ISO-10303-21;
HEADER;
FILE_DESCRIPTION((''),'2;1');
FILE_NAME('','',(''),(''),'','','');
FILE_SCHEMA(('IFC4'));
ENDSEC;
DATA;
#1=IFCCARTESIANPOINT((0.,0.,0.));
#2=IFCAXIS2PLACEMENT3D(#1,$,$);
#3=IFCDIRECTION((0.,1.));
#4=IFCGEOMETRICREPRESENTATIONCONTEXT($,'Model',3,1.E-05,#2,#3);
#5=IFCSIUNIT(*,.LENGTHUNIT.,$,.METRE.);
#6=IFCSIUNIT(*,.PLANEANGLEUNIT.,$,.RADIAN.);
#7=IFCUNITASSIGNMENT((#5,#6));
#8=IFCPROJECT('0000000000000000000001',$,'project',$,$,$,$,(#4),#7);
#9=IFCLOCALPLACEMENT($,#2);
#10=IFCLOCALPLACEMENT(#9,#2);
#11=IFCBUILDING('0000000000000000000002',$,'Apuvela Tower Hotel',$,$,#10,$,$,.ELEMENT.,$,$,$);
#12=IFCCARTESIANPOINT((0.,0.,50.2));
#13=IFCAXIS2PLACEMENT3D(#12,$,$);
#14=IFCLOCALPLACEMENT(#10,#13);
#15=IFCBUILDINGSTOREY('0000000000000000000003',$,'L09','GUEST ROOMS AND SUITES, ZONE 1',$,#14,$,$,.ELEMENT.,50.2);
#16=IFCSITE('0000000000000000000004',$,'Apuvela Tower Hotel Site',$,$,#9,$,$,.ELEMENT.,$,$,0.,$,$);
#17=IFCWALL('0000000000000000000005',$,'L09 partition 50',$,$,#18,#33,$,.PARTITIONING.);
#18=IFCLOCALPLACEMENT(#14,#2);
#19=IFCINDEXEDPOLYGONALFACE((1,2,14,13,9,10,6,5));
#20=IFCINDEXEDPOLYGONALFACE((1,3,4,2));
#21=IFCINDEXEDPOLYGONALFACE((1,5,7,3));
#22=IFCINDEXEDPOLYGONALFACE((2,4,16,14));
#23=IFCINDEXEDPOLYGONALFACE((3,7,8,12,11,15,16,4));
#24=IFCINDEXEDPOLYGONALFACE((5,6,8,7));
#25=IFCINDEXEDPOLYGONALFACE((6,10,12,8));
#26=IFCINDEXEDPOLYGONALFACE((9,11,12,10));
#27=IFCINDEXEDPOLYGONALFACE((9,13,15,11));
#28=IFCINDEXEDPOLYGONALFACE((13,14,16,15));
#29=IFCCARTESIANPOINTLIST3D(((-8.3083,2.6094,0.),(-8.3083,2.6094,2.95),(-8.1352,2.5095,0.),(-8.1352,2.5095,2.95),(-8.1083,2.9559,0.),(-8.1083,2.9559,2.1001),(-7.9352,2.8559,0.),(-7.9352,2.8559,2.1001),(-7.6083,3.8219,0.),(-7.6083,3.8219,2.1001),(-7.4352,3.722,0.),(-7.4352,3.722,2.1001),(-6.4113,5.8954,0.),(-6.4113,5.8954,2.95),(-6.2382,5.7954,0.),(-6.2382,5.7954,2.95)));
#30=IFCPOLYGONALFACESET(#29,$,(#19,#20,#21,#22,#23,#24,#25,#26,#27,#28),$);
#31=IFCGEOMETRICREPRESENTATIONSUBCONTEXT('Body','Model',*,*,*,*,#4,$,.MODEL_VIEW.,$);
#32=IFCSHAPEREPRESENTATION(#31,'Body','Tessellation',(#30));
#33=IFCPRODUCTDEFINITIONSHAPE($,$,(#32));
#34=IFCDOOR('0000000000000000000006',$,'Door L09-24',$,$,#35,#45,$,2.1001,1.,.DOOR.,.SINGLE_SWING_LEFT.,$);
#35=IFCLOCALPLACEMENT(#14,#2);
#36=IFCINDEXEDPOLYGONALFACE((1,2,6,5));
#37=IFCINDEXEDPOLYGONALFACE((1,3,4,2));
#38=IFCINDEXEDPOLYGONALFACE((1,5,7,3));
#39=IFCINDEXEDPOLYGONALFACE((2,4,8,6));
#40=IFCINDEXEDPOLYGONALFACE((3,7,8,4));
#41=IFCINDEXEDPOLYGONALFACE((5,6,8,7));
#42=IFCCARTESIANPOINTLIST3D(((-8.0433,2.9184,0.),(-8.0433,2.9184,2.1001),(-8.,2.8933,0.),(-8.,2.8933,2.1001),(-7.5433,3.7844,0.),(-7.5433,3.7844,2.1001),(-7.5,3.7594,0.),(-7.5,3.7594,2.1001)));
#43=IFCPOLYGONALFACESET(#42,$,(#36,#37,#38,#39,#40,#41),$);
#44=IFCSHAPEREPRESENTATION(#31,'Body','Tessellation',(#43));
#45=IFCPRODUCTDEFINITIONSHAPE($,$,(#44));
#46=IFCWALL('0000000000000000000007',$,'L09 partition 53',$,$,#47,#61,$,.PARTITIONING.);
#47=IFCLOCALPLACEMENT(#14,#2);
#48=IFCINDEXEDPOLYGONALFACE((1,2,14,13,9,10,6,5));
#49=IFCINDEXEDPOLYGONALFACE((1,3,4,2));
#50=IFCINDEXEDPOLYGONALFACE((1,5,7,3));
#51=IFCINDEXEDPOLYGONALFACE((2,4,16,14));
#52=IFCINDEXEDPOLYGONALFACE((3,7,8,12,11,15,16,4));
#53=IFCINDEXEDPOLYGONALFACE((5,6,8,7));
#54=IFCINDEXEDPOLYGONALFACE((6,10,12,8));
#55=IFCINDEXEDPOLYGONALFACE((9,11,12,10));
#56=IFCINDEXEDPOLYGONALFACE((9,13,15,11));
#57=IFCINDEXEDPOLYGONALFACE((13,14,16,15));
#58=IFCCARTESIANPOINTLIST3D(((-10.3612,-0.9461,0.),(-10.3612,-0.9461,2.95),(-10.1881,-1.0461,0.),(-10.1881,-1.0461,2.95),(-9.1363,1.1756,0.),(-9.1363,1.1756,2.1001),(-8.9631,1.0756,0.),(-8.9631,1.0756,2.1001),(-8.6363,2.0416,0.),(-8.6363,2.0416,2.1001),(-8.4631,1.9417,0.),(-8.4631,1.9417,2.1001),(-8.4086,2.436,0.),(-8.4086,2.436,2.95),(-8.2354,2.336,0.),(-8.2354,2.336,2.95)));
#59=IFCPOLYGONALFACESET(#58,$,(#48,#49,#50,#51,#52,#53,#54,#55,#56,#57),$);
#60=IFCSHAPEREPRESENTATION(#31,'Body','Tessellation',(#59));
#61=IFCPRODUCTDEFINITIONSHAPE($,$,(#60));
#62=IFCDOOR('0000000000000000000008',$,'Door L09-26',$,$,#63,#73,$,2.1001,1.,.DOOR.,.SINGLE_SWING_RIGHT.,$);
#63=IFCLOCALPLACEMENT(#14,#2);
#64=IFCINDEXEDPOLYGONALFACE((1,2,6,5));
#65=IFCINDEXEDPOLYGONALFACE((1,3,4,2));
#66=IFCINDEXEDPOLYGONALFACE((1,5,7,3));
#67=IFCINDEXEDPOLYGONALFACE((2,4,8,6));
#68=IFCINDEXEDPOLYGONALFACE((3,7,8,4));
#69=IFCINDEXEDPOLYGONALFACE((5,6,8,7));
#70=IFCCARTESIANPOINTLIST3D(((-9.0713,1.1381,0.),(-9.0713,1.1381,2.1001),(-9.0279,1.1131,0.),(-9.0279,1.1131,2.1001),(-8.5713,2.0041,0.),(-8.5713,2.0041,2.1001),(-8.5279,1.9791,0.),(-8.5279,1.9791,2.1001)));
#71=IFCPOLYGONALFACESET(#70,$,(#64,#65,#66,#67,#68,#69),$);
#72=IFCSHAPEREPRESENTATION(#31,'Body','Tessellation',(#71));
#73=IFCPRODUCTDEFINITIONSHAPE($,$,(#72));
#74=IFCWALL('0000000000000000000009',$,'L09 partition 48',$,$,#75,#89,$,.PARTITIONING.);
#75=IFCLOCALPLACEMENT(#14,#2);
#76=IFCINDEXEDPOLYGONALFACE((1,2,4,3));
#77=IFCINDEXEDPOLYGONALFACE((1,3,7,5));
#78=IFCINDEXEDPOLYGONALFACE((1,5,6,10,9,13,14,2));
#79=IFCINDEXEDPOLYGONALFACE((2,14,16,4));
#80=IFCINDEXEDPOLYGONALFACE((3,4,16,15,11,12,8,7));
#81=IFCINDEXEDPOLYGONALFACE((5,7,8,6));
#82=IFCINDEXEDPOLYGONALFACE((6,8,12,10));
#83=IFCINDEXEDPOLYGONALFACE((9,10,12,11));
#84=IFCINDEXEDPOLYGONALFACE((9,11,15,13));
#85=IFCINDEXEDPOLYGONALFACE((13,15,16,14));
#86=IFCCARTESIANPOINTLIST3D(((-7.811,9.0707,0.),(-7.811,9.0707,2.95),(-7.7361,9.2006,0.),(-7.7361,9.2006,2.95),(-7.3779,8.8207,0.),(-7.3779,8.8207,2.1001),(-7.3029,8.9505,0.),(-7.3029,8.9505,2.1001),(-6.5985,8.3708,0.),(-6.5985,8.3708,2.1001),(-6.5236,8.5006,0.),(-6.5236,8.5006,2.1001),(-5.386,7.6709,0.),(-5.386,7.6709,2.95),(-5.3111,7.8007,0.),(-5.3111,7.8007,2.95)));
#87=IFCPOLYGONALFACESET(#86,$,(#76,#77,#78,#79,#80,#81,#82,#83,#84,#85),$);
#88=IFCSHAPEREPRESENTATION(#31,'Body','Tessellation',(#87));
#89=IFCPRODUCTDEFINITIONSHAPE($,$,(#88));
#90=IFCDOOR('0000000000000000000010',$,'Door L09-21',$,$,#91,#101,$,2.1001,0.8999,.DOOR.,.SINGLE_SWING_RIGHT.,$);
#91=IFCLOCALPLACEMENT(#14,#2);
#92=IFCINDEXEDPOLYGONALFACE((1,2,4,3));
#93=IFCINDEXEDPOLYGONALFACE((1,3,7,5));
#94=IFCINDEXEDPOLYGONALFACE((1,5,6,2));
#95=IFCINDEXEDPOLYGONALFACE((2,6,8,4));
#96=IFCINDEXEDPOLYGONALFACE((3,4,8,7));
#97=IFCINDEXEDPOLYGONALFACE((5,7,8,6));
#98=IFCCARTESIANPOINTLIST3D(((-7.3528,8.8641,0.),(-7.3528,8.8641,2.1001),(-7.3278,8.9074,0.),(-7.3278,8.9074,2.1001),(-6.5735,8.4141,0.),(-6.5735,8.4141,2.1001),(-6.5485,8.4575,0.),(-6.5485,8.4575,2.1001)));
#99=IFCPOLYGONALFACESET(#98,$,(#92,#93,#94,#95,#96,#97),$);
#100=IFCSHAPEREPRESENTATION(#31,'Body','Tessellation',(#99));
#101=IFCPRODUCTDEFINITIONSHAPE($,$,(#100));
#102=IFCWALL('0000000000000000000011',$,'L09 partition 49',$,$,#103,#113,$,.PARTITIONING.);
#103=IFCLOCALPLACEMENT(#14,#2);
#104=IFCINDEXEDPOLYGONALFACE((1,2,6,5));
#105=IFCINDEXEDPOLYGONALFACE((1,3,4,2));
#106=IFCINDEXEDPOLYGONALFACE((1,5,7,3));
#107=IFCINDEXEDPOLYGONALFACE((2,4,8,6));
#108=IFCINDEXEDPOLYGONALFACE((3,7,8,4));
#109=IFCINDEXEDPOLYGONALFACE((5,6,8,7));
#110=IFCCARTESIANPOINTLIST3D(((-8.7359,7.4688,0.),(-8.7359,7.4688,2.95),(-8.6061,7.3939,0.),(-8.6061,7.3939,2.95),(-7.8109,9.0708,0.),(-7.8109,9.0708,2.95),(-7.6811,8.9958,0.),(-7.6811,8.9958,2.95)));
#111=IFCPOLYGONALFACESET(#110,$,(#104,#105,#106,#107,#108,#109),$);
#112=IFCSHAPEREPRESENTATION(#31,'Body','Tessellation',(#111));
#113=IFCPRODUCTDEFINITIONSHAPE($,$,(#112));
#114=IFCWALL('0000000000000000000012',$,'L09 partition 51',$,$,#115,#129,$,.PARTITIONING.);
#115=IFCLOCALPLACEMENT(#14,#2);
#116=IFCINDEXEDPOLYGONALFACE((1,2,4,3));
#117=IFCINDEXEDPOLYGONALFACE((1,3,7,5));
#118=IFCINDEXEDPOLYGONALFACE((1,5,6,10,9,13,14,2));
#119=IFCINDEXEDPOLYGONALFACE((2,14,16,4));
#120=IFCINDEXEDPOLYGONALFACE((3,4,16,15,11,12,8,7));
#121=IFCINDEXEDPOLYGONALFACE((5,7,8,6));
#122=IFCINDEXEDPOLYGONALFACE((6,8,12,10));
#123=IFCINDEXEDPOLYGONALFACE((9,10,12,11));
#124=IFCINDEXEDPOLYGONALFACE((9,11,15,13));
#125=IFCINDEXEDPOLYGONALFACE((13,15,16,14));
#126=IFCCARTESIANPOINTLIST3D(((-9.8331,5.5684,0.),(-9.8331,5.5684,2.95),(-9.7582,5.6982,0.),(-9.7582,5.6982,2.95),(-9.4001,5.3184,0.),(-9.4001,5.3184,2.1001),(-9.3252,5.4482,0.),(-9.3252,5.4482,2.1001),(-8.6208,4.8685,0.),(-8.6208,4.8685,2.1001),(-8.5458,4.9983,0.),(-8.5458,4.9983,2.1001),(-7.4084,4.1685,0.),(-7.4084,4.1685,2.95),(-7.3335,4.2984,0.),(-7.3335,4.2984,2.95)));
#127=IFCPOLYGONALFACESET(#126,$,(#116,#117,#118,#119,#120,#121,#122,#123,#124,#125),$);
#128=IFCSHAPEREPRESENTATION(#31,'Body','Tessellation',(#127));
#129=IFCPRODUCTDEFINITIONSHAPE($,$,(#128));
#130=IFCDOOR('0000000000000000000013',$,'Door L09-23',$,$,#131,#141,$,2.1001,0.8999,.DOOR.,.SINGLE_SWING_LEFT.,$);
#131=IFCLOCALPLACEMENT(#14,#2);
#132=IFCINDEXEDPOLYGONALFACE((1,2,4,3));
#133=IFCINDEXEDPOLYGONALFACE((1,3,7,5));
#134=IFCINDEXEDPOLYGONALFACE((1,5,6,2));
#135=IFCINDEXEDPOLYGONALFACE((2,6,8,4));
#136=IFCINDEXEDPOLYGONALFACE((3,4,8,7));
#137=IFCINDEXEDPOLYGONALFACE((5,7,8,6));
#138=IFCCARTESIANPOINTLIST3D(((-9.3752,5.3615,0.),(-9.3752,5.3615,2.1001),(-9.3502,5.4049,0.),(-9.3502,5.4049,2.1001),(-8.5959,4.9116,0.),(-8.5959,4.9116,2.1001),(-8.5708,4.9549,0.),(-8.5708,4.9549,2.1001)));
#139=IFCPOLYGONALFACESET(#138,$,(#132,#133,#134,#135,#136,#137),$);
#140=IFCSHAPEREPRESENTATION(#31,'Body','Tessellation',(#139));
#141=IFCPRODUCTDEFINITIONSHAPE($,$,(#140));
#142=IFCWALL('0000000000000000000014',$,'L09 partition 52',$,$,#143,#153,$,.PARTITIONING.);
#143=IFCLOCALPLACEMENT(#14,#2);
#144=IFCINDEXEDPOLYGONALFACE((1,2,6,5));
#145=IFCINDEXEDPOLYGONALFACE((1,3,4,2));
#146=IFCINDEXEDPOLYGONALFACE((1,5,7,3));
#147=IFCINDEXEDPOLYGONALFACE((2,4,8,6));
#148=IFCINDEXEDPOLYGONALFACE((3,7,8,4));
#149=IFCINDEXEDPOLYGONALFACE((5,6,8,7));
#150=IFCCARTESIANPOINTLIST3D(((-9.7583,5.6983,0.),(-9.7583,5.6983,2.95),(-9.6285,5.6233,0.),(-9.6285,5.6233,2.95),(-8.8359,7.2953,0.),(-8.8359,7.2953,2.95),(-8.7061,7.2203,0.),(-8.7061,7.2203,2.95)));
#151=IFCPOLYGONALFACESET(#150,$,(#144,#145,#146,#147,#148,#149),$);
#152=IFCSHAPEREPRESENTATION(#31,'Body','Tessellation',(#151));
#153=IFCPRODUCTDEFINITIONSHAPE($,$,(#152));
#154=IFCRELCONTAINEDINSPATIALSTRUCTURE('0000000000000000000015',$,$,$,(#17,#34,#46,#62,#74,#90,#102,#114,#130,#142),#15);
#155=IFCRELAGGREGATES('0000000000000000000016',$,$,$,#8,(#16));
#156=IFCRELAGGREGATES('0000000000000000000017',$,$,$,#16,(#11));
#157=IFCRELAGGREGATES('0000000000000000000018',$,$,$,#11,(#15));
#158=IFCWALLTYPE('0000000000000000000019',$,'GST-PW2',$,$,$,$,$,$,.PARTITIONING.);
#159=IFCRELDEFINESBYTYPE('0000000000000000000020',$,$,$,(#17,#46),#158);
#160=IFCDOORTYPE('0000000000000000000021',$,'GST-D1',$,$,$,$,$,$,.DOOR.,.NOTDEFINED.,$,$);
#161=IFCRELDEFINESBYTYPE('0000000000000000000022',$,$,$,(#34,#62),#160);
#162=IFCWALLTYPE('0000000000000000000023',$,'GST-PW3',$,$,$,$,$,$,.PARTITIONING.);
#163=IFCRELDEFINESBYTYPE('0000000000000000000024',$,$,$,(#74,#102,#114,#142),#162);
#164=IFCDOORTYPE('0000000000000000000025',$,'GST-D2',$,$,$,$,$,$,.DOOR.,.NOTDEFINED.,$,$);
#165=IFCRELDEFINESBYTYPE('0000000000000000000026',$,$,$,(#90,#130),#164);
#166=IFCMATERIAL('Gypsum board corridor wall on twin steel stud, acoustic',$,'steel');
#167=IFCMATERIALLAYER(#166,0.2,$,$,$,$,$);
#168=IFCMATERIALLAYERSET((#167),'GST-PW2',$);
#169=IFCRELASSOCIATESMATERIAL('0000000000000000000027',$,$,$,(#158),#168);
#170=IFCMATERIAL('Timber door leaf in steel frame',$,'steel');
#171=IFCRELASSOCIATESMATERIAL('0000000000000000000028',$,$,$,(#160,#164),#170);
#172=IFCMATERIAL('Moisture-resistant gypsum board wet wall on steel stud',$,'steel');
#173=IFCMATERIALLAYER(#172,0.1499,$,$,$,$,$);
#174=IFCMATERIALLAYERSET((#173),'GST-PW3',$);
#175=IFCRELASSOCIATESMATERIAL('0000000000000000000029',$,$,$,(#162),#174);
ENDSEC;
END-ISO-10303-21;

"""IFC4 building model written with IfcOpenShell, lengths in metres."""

from ifc_helpers import new_model, si_unit, direction, frame, frame_2d, origin, place, context, subcontext, project, spatial, rectangle, extrude, material, layer, layer_set, type_object, element, fill, save


model = new_model("IFC4")

# Units and contexts
model_context = context("Model", 3, precision=1e-05, world=origin(), true_north=direction((0.0, 1.0)))
body_context = subcontext(model_context, "Body", "Model", "MODEL_VIEW")
ifc_project = project(units=[si_unit("LENGTHUNIT", "METRE"), si_unit("PLANEANGLEUNIT", "RADIAN")], contexts=[model_context])

# Site, building, storey
site_placement = place(None, origin())
site = spatial("IfcSite", under=ifc_project, at=site_placement, Name="Apuvela Tower Hotel Site", CompositionType="ELEMENT", RefElevation=0.0)
building_placement = place(site_placement, origin())
building = spatial("IfcBuilding", under=site, at=building_placement, Name="Apuvela Tower Hotel", CompositionType="ELEMENT")
storey_placement = place(building_placement, frame((0.0, 0.0, 50.2)))
storey = spatial("IfcBuildingStorey", under=building, at=storey_placement, Name="L09", Description="GUEST ROOMS AND SUITES, ZONE 1", CompositionType="ELEMENT", Elevation=50.2)

# Walls, openings, doors
ifc_material_1 = material(Name="Gypsum board corridor wall on twin steel stud, acoustic", Category="steel")
ifc_layer_1 = layer(ifc_material_1, 0.2)
ifc_layer_set_1 = layer_set([ifc_layer_1], Name="GST-PW2")
wall_type_1 = type_object("IfcWallType", Name="GST-PW2", PredefinedType="PARTITIONING", material=ifc_layer_set_1)
ifc_material_2 = material(Name="Timber door leaf in steel frame", Category="steel")
door_type_1 = type_object("IfcDoorType", Name="GST-D1", OperationType="NOTDEFINED", PredefinedType="DOOR", material=ifc_material_2)
wall_1_placement = place(storey_placement, frame((-8.2217, 2.5596, 0.0), z_axis=(0.0, 0.0, 1.0), x_axis=(0.499973, 0.866041, 0.0)))
wall_1 = element("IfcWall", 1, at=wall_1_placement, inside=storey, type_object=wall_type_1, Name="L09 partition 50", PredefinedType="PARTITIONING", context=body_context, shape_type="SweptSolid", body=[
    extrude(rectangle(XDim=3.7942, YDim=0.2, at=frame_2d((1.897, 0.0))), origin(), (0.0, 0.0, 1.0), 2.95),
])
opening_1_placement = place(wall_1_placement, frame((0.3999, 0.0, 0.0)))
opening_1 = element("IfcOpeningElement", 2, at=opening_1_placement, cuts=wall_1, PredefinedType="OPENING", context=body_context, shape_type="SweptSolid", body=[
    extrude(rectangle(XDim=1.0, YDim=2.1001, at=frame_2d((0.5, 1.05))), frame((0.0, 0.1099, 0.0), z_axis=(0.0, -1.0, 0.0), x_axis=(1.0, 0.0, 0.0)), (0.0, 0.0, 1.0), 0.22),
])
door_1_placement = place(opening_1_placement, origin())
door_1 = element("IfcDoor", 3, at=door_1_placement, inside=storey, type_object=door_type_1, Name="Door L09-24", OperationType="SINGLE_SWING_LEFT", OverallHeight=2.1001, OverallWidth=1.0, PredefinedType="DOOR", context=body_context, shape_type="SweptSolid", body=[
    extrude(rectangle(XDim=1.0, YDim=2.1001, at=frame_2d((0.5, 1.05))), frame((0.0, 0.0249, 0.0), z_axis=(0.0, -1.0, 0.0), x_axis=(1.0, 0.0, 0.0)), (0.0, 0.0, 1.0), 0.05),
])
fill(opening_1, door_1)
wall_2_placement = place(storey_placement, frame((-10.2747, -0.9961, 0.0), z_axis=(0.0, 0.0, 1.0), x_axis=(0.499998, 0.866026, 0.0)))
wall_2 = element("IfcWall", 4, at=wall_2_placement, inside=storey, type_object=wall_type_1, Name="L09 partition 53", PredefinedType="PARTITIONING", context=body_context, shape_type="SweptSolid", body=[
    extrude(rectangle(XDim=3.9053, YDim=0.2, at=frame_2d((1.9526, 0.0))), origin(), (0.0, 0.0, 1.0), 2.95),
])
opening_2_placement = place(wall_2_placement, frame((2.45, 0.0, 0.0)))
opening_2 = element("IfcOpeningElement", 5, at=opening_2_placement, cuts=wall_2, PredefinedType="OPENING", context=body_context, shape_type="SweptSolid", body=[
    extrude(rectangle(XDim=1.0, YDim=2.1001, at=frame_2d((0.5, 1.05))), frame((0.0, 0.1099, 0.0), z_axis=(0.0, -1.0, 0.0), x_axis=(1.0, 0.0, 0.0)), (0.0, 0.0, 1.0), 0.22),
])
door_2_placement = place(opening_2_placement, origin())
door_2 = element("IfcDoor", 6, at=door_2_placement, inside=storey, type_object=door_type_1, Name="Door L09-26", OperationType="SINGLE_SWING_RIGHT", OverallHeight=2.1001, OverallWidth=1.0, PredefinedType="DOOR", context=body_context, shape_type="SweptSolid", body=[
    extrude(rectangle(XDim=1.0, YDim=2.1001, at=frame_2d((0.5, 1.05))), frame((0.0, 0.0249, 0.0), z_axis=(0.0, -1.0, 0.0), x_axis=(1.0, 0.0, 0.0)), (0.0, 0.0, 1.0), 0.05),
])
fill(opening_2, door_2)
ifc_material_3 = material(Name="Moisture-resistant gypsum board wet wall on steel stud", Category="steel")
ifc_layer_2 = layer(ifc_material_3, 0.1499)
ifc_layer_set_2 = layer_set([ifc_layer_2], Name="GST-PW3")
wall_type_2 = type_object("IfcWallType", Name="GST-PW3", PredefinedType="PARTITIONING", material=ifc_layer_set_2)
wall_3_placement = place(storey_placement, frame((-5.3486, 7.7358, 0.0), z_axis=(0.0, 0.0, 1.0), x_axis=(-0.866056, 0.499946, 0.0)))
wall_3 = element("IfcWall", 7, at=wall_3_placement, inside=storey, type_object=wall_type_2, Name="L09 partition 48", PredefinedType="PARTITIONING", context=body_context, shape_type="SweptSolid", body=[
    extrude(rectangle(XDim=2.8, YDim=0.1499, at=frame_2d((1.3999, 0.0))), origin(), (0.0, 0.0, 1.0), 2.95),
])
opening_3_placement = place(wall_3_placement, frame((1.3999, 0.0, 0.0)))
opening_3 = element("IfcOpeningElement", 8, at=opening_3_placement, cuts=wall_3, PredefinedType="OPENING", context=body_context, shape_type="SweptSolid", body=[
    extrude(rectangle(XDim=0.8999, YDim=2.1001, at=frame_2d((0.45, 1.05))), frame((0.0, 0.085, 0.0), z_axis=(0.0, -1.0, 0.0), x_axis=(1.0, 0.0, 0.0)), (0.0, 0.0, 1.0), 0.1699),
])
door_type_2 = type_object("IfcDoorType", Name="GST-D2", OperationType="NOTDEFINED", PredefinedType="DOOR", material=ifc_material_2)
door_3_placement = place(opening_3_placement, origin())
door_3 = element("IfcDoor", 9, at=door_3_placement, inside=storey, type_object=door_type_2, Name="Door L09-21", OperationType="SINGLE_SWING_RIGHT", OverallHeight=2.1001, OverallWidth=0.8999, PredefinedType="DOOR", context=body_context, shape_type="SweptSolid", body=[
    extrude(rectangle(XDim=0.8999, YDim=2.1001, at=frame_2d((0.45, 1.05))), frame((0.0, 0.0249, 0.0), z_axis=(0.0, -1.0, 0.0), x_axis=(1.0, 0.0, 0.0)), (0.0, 0.0, 1.0), 0.05),
])
fill(opening_3, door_3)

# Wall
wall_4_placement = place(storey_placement, frame((-7.7461, 9.0332, 0.0), z_axis=(0.0, 0.0, 1.0), x_axis=(-0.500042, -0.866001, 0.0)))
element("IfcWall", 10, at=wall_4_placement, inside=storey, type_object=wall_type_2, Name="L09 partition 49", PredefinedType="PARTITIONING", context=body_context, shape_type="SweptSolid", body=[
    extrude(rectangle(XDim=1.8499, YDim=0.1499, at=frame_2d((0.9248, 0.0))), origin(), (0.0, 0.0, 1.0), 2.95),
])

# Wall, opening, door
wall_5_placement = place(storey_placement, frame((-9.7957, 5.6333, 0.0), z_axis=(0.0, 0.0, 1.0), x_axis=(0.866035, -0.499984, 0.0)))
wall_5 = element("IfcWall", 11, at=wall_5_placement, inside=storey, type_object=wall_type_2, Name="L09 partition 51", PredefinedType="PARTITIONING", context=body_context, shape_type="SweptSolid", body=[
    extrude(rectangle(XDim=2.7998, YDim=0.1499, at=frame_2d((1.3999, 0.0))), origin(), (0.0, 0.0, 1.0), 2.95),
])
opening_4_placement = place(wall_5_placement, frame((0.5, 0.0, 0.0)))
opening_4 = element("IfcOpeningElement", 12, at=opening_4_placement, cuts=wall_5, PredefinedType="OPENING", context=body_context, shape_type="SweptSolid", body=[
    extrude(rectangle(XDim=0.8999, YDim=2.1001, at=frame_2d((0.45, 1.05))), frame((0.0, 0.085, 0.0), z_axis=(0.0, -1.0, 0.0), x_axis=(1.0, 0.0, 0.0)), (0.0, 0.0, 1.0), 0.1699),
])
door_4_placement = place(opening_4_placement, origin())
door_4 = element("IfcDoor", 13, at=door_4_placement, inside=storey, type_object=door_type_2, Name="Door L09-23", OperationType="SINGLE_SWING_LEFT", OverallHeight=2.1001, OverallWidth=0.8999, PredefinedType="DOOR", context=body_context, shape_type="SweptSolid", body=[
    extrude(rectangle(XDim=0.8999, YDim=2.1001, at=frame_2d((0.45, 1.05))), frame((0.0, 0.0249, 0.0), z_axis=(0.0, -1.0, 0.0), x_axis=(1.0, 0.0, 0.0)), (0.0, 0.0, 1.0), 0.05),
])
fill(opening_4, door_4)

# Wall
wall_6_placement = place(storey_placement, frame((-8.771, 7.2578, 0.0), z_axis=(0.0, 0.0, 1.0), x_axis=(-0.500154, -0.865936, 0.0)))
element("IfcWall", 14, at=wall_6_placement, inside=storey, type_object=wall_type_2, Name="L09 partition 52", PredefinedType="PARTITIONING", context=body_context, shape_type="SweptSolid", body=[
    extrude(rectangle(XDim=1.8442, YDim=0.1499, at=frame_2d((0.9221, 0.0))), origin(), (0.0, 0.0, 1.0), 2.95),
])

save(model, "model.ifc")
